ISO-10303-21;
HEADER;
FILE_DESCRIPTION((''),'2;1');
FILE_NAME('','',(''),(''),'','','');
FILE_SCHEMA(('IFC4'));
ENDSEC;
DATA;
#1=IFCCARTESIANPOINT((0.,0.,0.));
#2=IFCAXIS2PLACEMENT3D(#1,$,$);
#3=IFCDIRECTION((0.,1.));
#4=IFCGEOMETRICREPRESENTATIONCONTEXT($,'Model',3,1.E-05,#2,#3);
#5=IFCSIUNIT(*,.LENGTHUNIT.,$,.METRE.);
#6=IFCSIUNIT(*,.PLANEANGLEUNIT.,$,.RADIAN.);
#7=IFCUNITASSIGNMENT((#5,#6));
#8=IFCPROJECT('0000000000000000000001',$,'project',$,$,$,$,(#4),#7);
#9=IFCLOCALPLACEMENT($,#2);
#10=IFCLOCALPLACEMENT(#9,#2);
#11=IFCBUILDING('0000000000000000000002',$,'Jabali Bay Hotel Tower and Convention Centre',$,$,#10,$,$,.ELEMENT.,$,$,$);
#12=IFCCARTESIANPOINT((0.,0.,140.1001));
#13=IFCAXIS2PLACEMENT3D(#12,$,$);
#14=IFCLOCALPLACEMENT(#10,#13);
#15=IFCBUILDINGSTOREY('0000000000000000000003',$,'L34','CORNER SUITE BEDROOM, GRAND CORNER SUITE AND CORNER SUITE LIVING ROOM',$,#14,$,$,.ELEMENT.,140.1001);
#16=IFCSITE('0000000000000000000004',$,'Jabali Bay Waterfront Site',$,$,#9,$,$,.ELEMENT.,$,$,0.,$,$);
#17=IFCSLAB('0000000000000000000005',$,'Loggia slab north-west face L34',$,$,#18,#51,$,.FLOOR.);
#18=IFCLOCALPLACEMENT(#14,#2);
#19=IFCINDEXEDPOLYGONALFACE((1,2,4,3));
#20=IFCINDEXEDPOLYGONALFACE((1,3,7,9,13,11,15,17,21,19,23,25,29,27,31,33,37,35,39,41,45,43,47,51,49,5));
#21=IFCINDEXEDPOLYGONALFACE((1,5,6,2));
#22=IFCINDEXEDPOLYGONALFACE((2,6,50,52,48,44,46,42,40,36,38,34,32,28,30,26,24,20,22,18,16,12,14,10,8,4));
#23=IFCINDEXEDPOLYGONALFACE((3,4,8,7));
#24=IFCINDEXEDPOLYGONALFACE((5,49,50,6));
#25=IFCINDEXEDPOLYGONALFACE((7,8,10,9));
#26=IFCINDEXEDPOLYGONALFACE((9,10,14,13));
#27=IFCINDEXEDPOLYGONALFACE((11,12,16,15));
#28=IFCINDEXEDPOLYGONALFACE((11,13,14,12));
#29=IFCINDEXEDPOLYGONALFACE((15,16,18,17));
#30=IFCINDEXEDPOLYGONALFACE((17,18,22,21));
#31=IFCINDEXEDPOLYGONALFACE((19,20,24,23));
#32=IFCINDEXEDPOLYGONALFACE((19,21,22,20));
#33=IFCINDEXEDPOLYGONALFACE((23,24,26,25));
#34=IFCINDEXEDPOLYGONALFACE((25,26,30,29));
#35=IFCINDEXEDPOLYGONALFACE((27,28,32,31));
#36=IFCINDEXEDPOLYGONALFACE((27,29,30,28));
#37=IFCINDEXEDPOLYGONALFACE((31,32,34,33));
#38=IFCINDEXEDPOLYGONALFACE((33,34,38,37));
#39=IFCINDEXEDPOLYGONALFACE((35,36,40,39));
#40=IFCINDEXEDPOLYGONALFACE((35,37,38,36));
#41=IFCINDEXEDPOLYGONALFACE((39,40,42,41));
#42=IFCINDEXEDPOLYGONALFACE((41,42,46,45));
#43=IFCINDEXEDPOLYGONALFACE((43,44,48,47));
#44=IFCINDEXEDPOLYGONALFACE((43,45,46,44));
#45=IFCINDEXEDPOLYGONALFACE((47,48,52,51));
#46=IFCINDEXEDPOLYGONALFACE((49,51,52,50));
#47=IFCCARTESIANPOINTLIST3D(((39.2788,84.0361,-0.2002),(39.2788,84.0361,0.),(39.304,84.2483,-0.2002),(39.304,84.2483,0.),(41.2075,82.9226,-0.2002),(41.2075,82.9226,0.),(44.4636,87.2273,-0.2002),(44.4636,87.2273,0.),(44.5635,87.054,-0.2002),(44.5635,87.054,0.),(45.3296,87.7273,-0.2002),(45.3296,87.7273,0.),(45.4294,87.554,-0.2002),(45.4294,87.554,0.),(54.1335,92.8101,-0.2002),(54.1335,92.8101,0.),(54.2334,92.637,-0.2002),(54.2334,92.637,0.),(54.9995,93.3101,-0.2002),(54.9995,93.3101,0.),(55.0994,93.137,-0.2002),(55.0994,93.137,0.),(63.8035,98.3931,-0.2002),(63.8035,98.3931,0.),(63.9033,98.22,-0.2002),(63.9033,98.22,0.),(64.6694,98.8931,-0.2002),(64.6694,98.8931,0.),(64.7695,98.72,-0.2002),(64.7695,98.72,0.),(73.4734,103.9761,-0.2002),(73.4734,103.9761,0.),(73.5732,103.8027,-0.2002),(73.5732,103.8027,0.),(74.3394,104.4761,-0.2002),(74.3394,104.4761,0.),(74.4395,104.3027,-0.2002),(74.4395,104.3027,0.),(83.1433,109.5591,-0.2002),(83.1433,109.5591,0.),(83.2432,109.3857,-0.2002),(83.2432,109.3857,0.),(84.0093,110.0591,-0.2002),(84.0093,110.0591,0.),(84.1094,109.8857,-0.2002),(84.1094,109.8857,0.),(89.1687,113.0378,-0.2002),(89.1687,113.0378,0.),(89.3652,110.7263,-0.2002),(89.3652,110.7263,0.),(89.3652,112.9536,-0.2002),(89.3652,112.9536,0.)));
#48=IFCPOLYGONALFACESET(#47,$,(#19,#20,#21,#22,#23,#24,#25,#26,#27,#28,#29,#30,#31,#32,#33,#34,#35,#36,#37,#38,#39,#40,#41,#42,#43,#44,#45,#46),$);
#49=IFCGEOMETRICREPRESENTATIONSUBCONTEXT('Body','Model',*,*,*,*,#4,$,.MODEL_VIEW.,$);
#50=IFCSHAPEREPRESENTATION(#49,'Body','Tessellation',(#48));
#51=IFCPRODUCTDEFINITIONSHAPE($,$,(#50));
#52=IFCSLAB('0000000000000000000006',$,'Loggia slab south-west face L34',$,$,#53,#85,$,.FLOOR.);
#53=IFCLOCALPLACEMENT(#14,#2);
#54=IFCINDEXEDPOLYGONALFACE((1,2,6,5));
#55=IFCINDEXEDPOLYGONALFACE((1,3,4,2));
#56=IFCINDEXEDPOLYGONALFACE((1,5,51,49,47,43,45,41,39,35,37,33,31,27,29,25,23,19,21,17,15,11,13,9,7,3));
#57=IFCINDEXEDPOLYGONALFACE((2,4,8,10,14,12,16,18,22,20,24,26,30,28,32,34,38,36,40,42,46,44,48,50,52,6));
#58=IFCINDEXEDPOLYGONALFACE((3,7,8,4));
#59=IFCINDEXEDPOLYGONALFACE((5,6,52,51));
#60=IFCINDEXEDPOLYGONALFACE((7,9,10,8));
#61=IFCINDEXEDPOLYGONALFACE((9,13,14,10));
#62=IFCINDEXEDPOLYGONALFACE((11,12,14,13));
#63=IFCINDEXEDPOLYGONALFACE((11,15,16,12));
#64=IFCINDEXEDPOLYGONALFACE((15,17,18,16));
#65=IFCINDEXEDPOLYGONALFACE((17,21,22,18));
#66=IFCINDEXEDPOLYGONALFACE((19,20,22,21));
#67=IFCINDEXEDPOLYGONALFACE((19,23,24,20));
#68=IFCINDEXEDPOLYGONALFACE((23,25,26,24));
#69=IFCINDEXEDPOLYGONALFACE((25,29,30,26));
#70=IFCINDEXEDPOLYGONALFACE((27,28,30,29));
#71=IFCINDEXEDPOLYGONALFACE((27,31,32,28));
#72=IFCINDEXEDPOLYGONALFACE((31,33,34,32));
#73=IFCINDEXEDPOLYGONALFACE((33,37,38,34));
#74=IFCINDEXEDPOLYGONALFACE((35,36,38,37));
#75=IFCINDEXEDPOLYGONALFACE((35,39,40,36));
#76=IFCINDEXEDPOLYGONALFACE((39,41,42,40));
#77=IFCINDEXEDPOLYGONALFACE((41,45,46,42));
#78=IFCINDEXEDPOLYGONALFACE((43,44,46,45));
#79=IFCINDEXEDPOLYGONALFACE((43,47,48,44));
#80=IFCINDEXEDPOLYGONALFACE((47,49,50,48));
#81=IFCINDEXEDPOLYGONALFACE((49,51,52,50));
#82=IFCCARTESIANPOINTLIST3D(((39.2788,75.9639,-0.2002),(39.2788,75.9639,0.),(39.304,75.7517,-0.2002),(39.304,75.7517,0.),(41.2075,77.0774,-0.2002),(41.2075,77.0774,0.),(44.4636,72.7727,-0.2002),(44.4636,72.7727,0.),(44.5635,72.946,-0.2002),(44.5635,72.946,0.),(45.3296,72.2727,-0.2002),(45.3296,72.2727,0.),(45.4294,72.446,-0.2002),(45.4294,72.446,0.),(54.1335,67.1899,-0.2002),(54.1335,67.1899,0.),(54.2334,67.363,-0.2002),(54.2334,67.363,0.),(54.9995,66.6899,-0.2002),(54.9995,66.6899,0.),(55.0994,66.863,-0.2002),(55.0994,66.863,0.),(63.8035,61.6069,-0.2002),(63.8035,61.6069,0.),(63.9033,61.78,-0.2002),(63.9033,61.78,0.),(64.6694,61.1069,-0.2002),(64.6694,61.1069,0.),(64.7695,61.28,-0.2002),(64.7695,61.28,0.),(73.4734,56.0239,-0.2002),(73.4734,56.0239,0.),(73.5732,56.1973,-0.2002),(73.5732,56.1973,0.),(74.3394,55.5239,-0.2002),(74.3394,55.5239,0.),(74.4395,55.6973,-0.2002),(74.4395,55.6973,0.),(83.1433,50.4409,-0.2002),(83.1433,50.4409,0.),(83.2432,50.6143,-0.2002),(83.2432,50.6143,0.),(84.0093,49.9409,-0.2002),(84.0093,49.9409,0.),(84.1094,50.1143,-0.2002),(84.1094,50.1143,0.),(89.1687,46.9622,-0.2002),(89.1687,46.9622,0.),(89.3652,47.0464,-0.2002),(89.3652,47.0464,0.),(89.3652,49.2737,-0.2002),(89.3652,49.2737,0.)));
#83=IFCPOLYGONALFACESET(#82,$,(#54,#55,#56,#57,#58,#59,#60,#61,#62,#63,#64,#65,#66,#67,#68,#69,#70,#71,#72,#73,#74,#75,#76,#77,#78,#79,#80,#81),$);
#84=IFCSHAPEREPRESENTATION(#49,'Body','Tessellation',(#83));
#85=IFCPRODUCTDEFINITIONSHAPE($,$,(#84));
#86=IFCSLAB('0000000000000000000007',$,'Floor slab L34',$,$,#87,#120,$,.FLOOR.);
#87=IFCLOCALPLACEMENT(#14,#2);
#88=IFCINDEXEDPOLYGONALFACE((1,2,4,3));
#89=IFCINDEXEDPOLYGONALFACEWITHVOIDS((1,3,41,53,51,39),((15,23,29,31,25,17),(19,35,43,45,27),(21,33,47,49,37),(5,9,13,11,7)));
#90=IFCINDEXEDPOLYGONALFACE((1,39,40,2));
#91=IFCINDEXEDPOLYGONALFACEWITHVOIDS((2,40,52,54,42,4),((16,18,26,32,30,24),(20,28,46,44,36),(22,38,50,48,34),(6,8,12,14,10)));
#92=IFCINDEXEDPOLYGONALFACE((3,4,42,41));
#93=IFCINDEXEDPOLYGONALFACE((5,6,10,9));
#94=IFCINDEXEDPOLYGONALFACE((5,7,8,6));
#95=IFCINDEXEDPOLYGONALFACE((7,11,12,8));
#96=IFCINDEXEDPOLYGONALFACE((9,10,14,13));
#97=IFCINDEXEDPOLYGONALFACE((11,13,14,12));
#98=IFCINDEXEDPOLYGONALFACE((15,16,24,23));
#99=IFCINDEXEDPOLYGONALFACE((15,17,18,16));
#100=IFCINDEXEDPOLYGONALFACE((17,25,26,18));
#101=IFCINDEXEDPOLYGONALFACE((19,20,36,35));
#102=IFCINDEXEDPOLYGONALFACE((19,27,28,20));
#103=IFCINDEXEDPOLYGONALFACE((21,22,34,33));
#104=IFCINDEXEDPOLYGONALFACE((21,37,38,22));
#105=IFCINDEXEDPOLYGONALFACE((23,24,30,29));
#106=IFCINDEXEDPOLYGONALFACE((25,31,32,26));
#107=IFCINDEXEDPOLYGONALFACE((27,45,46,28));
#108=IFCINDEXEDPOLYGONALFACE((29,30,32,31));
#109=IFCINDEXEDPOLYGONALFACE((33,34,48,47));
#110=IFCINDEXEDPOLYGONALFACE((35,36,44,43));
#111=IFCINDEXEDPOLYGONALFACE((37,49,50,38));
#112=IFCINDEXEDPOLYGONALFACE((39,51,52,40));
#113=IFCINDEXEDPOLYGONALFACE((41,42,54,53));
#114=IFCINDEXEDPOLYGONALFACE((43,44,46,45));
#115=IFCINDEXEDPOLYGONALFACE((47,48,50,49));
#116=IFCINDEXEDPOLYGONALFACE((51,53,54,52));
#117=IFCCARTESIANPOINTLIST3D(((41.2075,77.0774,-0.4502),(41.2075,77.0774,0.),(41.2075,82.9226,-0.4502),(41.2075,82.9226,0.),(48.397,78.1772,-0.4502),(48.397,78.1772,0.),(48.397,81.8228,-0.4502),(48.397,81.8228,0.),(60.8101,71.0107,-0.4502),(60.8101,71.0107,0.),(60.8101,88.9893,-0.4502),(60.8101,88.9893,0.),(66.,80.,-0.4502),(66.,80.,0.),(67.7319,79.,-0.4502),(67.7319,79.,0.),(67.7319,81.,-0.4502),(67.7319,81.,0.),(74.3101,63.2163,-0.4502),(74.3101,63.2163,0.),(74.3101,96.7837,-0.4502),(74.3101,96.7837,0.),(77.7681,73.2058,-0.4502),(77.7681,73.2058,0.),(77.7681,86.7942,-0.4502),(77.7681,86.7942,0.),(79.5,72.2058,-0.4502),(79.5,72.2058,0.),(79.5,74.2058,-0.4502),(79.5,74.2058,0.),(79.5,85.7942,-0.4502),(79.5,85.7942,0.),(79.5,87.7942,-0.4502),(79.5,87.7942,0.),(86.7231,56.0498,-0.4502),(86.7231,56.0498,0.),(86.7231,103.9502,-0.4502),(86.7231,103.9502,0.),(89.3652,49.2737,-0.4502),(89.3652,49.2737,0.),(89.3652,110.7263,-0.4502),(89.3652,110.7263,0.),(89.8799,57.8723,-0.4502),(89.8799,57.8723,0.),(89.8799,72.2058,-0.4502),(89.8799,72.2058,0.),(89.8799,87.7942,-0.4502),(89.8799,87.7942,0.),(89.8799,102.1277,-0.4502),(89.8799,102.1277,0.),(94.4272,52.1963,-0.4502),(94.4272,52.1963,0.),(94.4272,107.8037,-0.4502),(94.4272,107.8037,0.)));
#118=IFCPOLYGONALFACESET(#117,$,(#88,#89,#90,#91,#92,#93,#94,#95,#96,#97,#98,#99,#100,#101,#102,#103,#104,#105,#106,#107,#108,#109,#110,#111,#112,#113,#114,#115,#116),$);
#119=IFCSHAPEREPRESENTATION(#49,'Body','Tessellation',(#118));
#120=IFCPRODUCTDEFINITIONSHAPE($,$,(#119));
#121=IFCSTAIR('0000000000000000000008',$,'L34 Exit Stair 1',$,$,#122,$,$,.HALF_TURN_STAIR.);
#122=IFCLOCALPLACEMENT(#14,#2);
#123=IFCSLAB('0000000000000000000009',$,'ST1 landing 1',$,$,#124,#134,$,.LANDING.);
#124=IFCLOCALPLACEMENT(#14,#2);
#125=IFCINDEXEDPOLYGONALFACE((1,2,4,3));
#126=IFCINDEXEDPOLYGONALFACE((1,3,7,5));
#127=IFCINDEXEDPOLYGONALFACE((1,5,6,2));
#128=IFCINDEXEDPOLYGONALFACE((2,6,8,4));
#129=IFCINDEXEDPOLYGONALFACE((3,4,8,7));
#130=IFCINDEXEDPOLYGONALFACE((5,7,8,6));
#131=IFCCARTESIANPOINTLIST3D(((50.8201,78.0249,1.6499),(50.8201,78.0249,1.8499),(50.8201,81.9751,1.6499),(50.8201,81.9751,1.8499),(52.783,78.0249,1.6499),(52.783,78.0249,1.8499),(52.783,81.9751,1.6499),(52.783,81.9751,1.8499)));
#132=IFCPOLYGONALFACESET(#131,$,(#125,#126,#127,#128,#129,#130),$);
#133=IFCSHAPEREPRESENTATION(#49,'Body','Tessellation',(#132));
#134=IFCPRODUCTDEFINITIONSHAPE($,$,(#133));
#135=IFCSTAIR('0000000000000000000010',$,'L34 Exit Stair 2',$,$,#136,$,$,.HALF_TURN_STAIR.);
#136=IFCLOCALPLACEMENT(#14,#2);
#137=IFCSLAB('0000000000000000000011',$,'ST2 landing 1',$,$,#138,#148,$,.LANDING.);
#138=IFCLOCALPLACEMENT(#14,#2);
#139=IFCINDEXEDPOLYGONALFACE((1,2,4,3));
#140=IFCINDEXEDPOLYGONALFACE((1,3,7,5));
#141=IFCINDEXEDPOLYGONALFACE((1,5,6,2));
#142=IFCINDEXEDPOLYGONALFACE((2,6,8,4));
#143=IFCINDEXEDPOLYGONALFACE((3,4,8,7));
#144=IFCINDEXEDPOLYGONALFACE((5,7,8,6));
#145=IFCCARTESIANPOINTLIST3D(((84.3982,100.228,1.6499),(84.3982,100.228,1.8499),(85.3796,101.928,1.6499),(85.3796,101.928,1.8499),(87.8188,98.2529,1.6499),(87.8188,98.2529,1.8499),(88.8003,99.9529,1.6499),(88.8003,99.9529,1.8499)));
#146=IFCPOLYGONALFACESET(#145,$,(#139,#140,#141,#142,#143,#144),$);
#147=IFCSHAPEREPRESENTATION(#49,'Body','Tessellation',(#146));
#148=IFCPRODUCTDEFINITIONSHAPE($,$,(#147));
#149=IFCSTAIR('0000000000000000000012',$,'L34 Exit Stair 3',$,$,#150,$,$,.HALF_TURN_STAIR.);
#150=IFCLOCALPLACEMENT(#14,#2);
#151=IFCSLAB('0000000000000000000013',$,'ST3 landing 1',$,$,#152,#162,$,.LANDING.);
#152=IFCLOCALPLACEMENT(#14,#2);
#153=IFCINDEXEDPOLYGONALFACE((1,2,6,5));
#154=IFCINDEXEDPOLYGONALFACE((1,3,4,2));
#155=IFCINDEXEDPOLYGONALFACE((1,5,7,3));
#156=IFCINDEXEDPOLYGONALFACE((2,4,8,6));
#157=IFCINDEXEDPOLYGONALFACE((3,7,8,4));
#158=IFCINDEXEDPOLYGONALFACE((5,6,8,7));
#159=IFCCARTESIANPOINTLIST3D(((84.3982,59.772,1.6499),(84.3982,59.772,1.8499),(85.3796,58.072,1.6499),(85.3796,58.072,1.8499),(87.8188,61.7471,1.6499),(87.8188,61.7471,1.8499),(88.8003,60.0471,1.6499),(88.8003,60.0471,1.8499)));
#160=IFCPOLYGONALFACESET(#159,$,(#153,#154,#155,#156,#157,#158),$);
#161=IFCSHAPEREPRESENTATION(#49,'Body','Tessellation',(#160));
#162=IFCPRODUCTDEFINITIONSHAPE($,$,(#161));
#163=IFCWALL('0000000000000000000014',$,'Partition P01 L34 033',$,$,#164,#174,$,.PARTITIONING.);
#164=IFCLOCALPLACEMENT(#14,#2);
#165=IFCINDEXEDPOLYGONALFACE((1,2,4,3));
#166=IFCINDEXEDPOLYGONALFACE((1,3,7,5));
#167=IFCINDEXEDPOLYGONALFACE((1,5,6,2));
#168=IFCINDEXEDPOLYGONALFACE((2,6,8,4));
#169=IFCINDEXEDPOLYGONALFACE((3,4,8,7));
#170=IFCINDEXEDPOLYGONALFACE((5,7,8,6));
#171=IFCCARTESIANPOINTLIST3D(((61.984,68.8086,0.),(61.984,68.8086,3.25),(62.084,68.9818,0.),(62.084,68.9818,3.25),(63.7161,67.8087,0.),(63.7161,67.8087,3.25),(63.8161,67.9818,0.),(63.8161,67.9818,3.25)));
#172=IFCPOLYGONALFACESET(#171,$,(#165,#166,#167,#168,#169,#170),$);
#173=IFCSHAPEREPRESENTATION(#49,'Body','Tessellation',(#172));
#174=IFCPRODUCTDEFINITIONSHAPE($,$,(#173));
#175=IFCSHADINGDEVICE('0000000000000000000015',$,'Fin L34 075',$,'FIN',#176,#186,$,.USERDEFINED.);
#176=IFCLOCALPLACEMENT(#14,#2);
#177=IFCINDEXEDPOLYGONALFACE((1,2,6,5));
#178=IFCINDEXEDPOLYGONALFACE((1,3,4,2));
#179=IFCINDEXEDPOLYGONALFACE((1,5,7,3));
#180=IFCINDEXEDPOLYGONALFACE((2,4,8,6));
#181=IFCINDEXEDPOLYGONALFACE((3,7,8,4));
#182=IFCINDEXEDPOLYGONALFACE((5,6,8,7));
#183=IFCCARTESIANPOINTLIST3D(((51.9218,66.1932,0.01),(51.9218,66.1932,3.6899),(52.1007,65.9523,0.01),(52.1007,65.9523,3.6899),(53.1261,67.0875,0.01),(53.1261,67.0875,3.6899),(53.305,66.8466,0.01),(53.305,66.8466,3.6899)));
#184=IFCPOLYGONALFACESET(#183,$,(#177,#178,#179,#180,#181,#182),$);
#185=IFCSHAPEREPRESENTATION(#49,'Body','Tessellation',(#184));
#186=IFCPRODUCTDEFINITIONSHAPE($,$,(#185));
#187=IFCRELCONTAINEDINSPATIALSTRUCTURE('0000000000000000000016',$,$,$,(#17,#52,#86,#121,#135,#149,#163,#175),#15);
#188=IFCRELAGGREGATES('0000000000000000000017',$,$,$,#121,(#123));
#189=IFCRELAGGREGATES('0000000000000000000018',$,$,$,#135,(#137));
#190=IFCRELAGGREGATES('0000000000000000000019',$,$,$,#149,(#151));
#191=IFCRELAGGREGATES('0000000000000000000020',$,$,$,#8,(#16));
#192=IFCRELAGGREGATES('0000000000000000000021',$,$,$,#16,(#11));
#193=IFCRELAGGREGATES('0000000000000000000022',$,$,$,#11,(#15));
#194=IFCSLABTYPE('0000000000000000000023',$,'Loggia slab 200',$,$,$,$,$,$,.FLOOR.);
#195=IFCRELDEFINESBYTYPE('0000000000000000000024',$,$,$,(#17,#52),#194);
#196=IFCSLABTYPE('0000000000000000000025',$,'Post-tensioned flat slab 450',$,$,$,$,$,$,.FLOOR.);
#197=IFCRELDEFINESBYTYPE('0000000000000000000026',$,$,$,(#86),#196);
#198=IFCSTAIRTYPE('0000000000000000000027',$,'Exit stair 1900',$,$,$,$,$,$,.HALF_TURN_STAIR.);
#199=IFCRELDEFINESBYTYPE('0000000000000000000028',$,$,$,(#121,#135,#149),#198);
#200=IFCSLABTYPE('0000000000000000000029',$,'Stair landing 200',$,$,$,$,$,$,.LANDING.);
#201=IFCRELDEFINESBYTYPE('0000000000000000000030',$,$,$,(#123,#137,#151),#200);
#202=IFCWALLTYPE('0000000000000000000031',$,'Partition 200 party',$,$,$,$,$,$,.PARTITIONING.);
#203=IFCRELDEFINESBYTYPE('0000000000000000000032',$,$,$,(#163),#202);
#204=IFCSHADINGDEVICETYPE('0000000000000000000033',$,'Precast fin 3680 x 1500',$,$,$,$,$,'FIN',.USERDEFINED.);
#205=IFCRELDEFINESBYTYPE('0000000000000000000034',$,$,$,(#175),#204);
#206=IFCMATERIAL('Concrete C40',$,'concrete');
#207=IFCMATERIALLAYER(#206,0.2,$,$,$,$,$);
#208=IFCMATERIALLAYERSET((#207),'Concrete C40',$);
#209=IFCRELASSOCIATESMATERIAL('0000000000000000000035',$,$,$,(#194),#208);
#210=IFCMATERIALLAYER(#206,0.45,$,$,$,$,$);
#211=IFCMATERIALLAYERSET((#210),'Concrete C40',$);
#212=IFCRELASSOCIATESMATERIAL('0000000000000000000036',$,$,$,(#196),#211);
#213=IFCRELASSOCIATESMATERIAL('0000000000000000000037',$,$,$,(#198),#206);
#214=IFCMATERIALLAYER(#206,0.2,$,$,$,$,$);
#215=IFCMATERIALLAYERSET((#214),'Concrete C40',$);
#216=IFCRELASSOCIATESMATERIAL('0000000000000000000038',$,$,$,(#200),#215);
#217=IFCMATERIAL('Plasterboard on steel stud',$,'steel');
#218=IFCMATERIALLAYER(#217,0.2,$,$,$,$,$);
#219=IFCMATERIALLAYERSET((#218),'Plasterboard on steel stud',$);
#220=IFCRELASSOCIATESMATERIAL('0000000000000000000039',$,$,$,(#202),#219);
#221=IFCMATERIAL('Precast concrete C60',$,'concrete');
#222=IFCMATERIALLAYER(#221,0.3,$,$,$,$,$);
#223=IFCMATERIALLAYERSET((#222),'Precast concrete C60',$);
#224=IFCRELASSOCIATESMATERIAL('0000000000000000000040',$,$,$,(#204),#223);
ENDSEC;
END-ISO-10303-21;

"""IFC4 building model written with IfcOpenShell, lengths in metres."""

from ifc_helpers import new_model, si_unit, direction, frame, frame_2d, origin, place, context, subcontext, project, spatial, polyline, rectangle, outline, extrude, material, layer, layer_set, type_object, element, aggregate, save


model = new_model("IFC4")

# Units and contexts
model_context = context("Model", 3, precision=1e-05, world=origin(), true_north=direction((0.0, 1.0)))
body_context = subcontext(model_context, "Body", "Model", "MODEL_VIEW")
ifc_project = project(units=[si_unit("LENGTHUNIT", "METRE"), si_unit("PLANEANGLEUNIT", "RADIAN")], contexts=[model_context])

# Site, building, storey
site_placement = place(None, origin())
site = spatial("IfcSite", under=ifc_project, at=site_placement, Name="Jabali Bay Waterfront Site", CompositionType="ELEMENT", RefElevation=0.0)
building_placement = place(site_placement, origin())
building = spatial("IfcBuilding", under=site, at=building_placement, Name="Jabali Bay Hotel Tower and Convention Centre", CompositionType="ELEMENT")
storey_placement = place(building_placement, frame((0.0, 0.0, 140.1001)))
storey = spatial("IfcBuildingStorey", under=building, at=storey_placement, Name="L34", Description="CORNER SUITE BEDROOM, GRAND CORNER SUITE AND CORNER SUITE LIVING ROOM", CompositionType="ELEMENT", Elevation=140.1001)

# Slabs
ifc_material_1 = material(Name="Concrete C40", Category="concrete")
ifc_layer_1 = layer(ifc_material_1, 0.2)
ifc_layer_set_1 = layer_set([ifc_layer_1], Name="Concrete C40")
slab_type_1 = type_object("IfcSlabType", Name="Loggia slab 200", PredefinedType="FLOOR", material=ifc_layer_set_1)
slab_1_placement = place(storey_placement, frame((0.0, 0.0, -0.2002)))
element("IfcSlab", 1, at=slab_1_placement, inside=storey, type_object=slab_type_1, Name="Loggia slab north-west face L34", PredefinedType="FLOOR", context=body_context, shape_type="SweptSolid", body=[
    extrude(outline(polyline([(41.2075, 82.9226), (39.2788, 84.0361), (39.304, 84.2483), (44.4636, 87.2273), (44.5635, 87.054), (45.4294, 87.554), (45.3296, 87.7273), (54.1335, 92.8101), (54.2334, 92.637), (55.0994, 93.137), (54.9995, 93.3101), (63.8035, 98.3931), (63.9033, 98.22), (64.7695, 98.72), (64.6694, 98.8931), (73.4734, 103.9761), (73.5732, 103.8027), (74.4395, 104.3027), (74.3394, 104.4761), (83.1433, 109.5591), (83.2432, 109.3857), (84.1094, 109.8857), (84.0093, 110.0591), (89.1687, 113.0378), (89.3652, 112.9536), (89.3652, 110.7263), (41.2075, 82.9226)])), origin(), (0.0, 0.0, 1.0), 0.2002),
])
slab_2_placement = place(storey_placement, frame((0.0, 0.0, -0.2002)))
element("IfcSlab", 2, at=slab_2_placement, inside=storey, type_object=slab_type_1, Name="Loggia slab south-west face L34", PredefinedType="FLOOR", context=body_context, shape_type="SweptSolid", body=[
    extrude(outline(polyline([(89.3652, 49.2737), (89.3652, 47.0464), (89.1687, 46.9622), (84.0093, 49.9409), (84.1094, 50.1143), (83.2432, 50.6143), (83.1433, 50.4409), (74.3394, 55.5239), (74.4395, 55.6973), (73.5732, 56.1973), (73.4734, 56.0239), (64.6694, 61.1069), (64.7695, 61.28), (63.9033, 61.78), (63.8035, 61.6069), (54.9995, 66.6899), (55.0994, 66.863), (54.2334, 67.363), (54.1335, 67.1899), (45.3296, 72.2727), (45.4294, 72.446), (44.5635, 72.946), (44.4636, 72.7727), (39.304, 75.7517), (39.2788, 75.9639), (41.2075, 77.0774), (89.3652, 49.2737)])), origin(), (0.0, 0.0, 1.0), 0.2002),
])
ifc_layer_2 = layer(ifc_material_1, 0.45)
ifc_layer_set_2 = layer_set([ifc_layer_2], Name="Concrete C40")
slab_type_2 = type_object("IfcSlabType", Name="Post-tensioned flat slab 450", PredefinedType="FLOOR", material=ifc_layer_set_2)
slab_3_placement = place(storey_placement, frame((0.0, 0.0, -0.4502)))
element("IfcSlab", 3, at=slab_3_placement, inside=storey, type_object=slab_type_2, Name="Floor slab L34", PredefinedType="FLOOR", context=body_context, shape_type="SweptSolid", body=[
    extrude(outline(polyline([(89.3652, 110.7263), (94.4272, 107.8037), (94.4272, 52.1963), (89.3652, 49.2737), (41.2075, 77.0774), (41.2075, 82.9226), (89.3652, 110.7263)]), holes=[polyline([(67.7319, 79.0), (77.7681, 73.2058), (79.5, 74.2058), (79.5, 85.7942), (77.7681, 86.7942), (67.7319, 81.0), (67.7319, 79.0)]), polyline([(48.397, 78.1772), (60.8101, 71.0107), (66.0, 80.0), (60.8101, 88.9893), (48.397, 81.8228), (48.397, 78.1772)]), polyline([(89.8799, 102.1277), (86.7231, 103.9502), (74.3101, 96.7837), (79.5, 87.7942), (89.8799, 87.7942), (89.8799, 102.1277)]), polyline([(74.3101, 63.2163), (86.7231, 56.0498), (89.8799, 57.8723), (89.8799, 72.2058), (79.5, 72.2058), (74.3101, 63.2163)])]), origin(), (0.0, 0.0, 1.0), 0.4502),
])

# Stairs, slabs
stair_type = type_object("IfcStairType", Name="Exit stair 1900", PredefinedType="HALF_TURN_STAIR", material=ifc_material_1)
stair_1_placement = place(storey_placement, origin())
stair_1 = element("IfcStair", 4, at=stair_1_placement, inside=storey, type_object=stair_type, Name="L34 Exit Stair 1", PredefinedType="HALF_TURN_STAIR")
ifc_layer_3 = layer(ifc_material_1, 0.2)
ifc_layer_set_3 = layer_set([ifc_layer_3], Name="Concrete C40")
slab_type_3 = type_object("IfcSlabType", Name="Stair landing 200", PredefinedType="LANDING", material=ifc_layer_set_3)
slab_4_placement = place(storey_placement, frame((0.0, 0.0, 1.6499)))
slab_4 = element("IfcSlab", 5, at=slab_4_placement, type_object=slab_type_3, Name="ST1 landing 1", PredefinedType="LANDING", context=body_context, shape_type="SweptSolid", body=[
    extrude(outline(polyline([(52.783, 81.9751), (50.8201, 81.9751), (50.8201, 78.0249), (52.783, 78.0249), (52.783, 81.9751)])), origin(), (0.0, 0.0, 1.0), 0.2),
])
aggregate(stair_1, [slab_4])
stair_2_placement = place(storey_placement, origin())
stair_2 = element("IfcStair", 6, at=stair_2_placement, inside=storey, type_object=stair_type, Name="L34 Exit Stair 2", PredefinedType="HALF_TURN_STAIR")
slab_5_placement = place(storey_placement, frame((0.0, 0.0, 1.6499)))
slab_5 = element("IfcSlab", 7, at=slab_5_placement, type_object=slab_type_3, Name="ST2 landing 1", PredefinedType="LANDING", context=body_context, shape_type="SweptSolid", body=[
    extrude(outline(polyline([(87.8188, 98.2529), (88.8003, 99.9529), (85.3796, 101.928), (84.3982, 100.228), (87.8188, 98.2529)])), origin(), (0.0, 0.0, 1.0), 0.2),
])
aggregate(stair_2, [slab_5])
stair_3_placement = place(storey_placement, origin())
stair_3 = element("IfcStair", 8, at=stair_3_placement, inside=storey, type_object=stair_type, Name="L34 Exit Stair 3", PredefinedType="HALF_TURN_STAIR")
slab_6_placement = place(storey_placement, frame((0.0, 0.0, 1.6499)))
slab_6 = element("IfcSlab", 9, at=slab_6_placement, type_object=slab_type_3, Name="ST3 landing 1", PredefinedType="LANDING", context=body_context, shape_type="SweptSolid", body=[
    extrude(outline(polyline([(84.3982, 59.772), (85.3796, 58.072), (88.8003, 60.0471), (87.8188, 61.7471), (84.3982, 59.772)])), origin(), (0.0, 0.0, 1.0), 0.2),
])
aggregate(stair_3, [slab_6])

# Wall
ifc_material_2 = material(Name="Plasterboard on steel stud", Category="steel")
ifc_layer_4 = layer(ifc_material_2, 0.2)
ifc_layer_set_4 = layer_set([ifc_layer_4], Name="Plasterboard on steel stud")
wall_type = type_object("IfcWallType", Name="Partition 200 party", PredefinedType="PARTITIONING", material=ifc_layer_set_4)
wall_placement = place(storey_placement, frame((63.7661, 67.8953, 0.0), z_axis=(0.0, 0.0, 1.0), x_axis=(-0.866041, 0.499973, 0.0)))
element("IfcWall", 10, at=wall_placement, inside=storey, type_object=wall_type, Name="Partition P01 L34 033", PredefinedType="PARTITIONING", context=body_context, shape_type="SweptSolid", body=[
    extrude(rectangle(XDim=2.0, YDim=0.2, at=frame_2d((1.0, 0.0))), origin(), (0.0, 0.0, 1.0), 3.25),
])

# Shading device
ifc_material_3 = material(Name="Precast concrete C60", Category="concrete")
ifc_layer_5 = layer(ifc_material_3, 0.3)
ifc_layer_set_5 = layer_set([ifc_layer_5], Name="Precast concrete C60")
shading_device_type = type_object("IfcShadingDeviceType", Name="Precast fin 3680 x 1500", ElementType="FIN", PredefinedType="USERDEFINED", material=ifc_layer_set_5)
for number, where, z_axis, x_axis, name in (
    (11, (53.2156, 66.967, 0.01), (0.0, 0.0, 1.0), (-0.802862, -0.596165, 0.0), "Fin L34 075"),
):
    element("IfcShadingDevice", number, at=place(storey_placement, frame(where, z_axis=z_axis, x_axis=x_axis)), inside=storey, type_object=shading_device_type, Name=name, ObjectType="FIN", PredefinedType="USERDEFINED", context=body_context, shape_type="SweptSolid", body=[
        extrude(rectangle(XDim=1.5, YDim=0.3, at=frame_2d((0.75, 0.0))), origin(), (0.0, 0.0, 1.0), 3.6799),
    ])

save(model, "model.ifc")
